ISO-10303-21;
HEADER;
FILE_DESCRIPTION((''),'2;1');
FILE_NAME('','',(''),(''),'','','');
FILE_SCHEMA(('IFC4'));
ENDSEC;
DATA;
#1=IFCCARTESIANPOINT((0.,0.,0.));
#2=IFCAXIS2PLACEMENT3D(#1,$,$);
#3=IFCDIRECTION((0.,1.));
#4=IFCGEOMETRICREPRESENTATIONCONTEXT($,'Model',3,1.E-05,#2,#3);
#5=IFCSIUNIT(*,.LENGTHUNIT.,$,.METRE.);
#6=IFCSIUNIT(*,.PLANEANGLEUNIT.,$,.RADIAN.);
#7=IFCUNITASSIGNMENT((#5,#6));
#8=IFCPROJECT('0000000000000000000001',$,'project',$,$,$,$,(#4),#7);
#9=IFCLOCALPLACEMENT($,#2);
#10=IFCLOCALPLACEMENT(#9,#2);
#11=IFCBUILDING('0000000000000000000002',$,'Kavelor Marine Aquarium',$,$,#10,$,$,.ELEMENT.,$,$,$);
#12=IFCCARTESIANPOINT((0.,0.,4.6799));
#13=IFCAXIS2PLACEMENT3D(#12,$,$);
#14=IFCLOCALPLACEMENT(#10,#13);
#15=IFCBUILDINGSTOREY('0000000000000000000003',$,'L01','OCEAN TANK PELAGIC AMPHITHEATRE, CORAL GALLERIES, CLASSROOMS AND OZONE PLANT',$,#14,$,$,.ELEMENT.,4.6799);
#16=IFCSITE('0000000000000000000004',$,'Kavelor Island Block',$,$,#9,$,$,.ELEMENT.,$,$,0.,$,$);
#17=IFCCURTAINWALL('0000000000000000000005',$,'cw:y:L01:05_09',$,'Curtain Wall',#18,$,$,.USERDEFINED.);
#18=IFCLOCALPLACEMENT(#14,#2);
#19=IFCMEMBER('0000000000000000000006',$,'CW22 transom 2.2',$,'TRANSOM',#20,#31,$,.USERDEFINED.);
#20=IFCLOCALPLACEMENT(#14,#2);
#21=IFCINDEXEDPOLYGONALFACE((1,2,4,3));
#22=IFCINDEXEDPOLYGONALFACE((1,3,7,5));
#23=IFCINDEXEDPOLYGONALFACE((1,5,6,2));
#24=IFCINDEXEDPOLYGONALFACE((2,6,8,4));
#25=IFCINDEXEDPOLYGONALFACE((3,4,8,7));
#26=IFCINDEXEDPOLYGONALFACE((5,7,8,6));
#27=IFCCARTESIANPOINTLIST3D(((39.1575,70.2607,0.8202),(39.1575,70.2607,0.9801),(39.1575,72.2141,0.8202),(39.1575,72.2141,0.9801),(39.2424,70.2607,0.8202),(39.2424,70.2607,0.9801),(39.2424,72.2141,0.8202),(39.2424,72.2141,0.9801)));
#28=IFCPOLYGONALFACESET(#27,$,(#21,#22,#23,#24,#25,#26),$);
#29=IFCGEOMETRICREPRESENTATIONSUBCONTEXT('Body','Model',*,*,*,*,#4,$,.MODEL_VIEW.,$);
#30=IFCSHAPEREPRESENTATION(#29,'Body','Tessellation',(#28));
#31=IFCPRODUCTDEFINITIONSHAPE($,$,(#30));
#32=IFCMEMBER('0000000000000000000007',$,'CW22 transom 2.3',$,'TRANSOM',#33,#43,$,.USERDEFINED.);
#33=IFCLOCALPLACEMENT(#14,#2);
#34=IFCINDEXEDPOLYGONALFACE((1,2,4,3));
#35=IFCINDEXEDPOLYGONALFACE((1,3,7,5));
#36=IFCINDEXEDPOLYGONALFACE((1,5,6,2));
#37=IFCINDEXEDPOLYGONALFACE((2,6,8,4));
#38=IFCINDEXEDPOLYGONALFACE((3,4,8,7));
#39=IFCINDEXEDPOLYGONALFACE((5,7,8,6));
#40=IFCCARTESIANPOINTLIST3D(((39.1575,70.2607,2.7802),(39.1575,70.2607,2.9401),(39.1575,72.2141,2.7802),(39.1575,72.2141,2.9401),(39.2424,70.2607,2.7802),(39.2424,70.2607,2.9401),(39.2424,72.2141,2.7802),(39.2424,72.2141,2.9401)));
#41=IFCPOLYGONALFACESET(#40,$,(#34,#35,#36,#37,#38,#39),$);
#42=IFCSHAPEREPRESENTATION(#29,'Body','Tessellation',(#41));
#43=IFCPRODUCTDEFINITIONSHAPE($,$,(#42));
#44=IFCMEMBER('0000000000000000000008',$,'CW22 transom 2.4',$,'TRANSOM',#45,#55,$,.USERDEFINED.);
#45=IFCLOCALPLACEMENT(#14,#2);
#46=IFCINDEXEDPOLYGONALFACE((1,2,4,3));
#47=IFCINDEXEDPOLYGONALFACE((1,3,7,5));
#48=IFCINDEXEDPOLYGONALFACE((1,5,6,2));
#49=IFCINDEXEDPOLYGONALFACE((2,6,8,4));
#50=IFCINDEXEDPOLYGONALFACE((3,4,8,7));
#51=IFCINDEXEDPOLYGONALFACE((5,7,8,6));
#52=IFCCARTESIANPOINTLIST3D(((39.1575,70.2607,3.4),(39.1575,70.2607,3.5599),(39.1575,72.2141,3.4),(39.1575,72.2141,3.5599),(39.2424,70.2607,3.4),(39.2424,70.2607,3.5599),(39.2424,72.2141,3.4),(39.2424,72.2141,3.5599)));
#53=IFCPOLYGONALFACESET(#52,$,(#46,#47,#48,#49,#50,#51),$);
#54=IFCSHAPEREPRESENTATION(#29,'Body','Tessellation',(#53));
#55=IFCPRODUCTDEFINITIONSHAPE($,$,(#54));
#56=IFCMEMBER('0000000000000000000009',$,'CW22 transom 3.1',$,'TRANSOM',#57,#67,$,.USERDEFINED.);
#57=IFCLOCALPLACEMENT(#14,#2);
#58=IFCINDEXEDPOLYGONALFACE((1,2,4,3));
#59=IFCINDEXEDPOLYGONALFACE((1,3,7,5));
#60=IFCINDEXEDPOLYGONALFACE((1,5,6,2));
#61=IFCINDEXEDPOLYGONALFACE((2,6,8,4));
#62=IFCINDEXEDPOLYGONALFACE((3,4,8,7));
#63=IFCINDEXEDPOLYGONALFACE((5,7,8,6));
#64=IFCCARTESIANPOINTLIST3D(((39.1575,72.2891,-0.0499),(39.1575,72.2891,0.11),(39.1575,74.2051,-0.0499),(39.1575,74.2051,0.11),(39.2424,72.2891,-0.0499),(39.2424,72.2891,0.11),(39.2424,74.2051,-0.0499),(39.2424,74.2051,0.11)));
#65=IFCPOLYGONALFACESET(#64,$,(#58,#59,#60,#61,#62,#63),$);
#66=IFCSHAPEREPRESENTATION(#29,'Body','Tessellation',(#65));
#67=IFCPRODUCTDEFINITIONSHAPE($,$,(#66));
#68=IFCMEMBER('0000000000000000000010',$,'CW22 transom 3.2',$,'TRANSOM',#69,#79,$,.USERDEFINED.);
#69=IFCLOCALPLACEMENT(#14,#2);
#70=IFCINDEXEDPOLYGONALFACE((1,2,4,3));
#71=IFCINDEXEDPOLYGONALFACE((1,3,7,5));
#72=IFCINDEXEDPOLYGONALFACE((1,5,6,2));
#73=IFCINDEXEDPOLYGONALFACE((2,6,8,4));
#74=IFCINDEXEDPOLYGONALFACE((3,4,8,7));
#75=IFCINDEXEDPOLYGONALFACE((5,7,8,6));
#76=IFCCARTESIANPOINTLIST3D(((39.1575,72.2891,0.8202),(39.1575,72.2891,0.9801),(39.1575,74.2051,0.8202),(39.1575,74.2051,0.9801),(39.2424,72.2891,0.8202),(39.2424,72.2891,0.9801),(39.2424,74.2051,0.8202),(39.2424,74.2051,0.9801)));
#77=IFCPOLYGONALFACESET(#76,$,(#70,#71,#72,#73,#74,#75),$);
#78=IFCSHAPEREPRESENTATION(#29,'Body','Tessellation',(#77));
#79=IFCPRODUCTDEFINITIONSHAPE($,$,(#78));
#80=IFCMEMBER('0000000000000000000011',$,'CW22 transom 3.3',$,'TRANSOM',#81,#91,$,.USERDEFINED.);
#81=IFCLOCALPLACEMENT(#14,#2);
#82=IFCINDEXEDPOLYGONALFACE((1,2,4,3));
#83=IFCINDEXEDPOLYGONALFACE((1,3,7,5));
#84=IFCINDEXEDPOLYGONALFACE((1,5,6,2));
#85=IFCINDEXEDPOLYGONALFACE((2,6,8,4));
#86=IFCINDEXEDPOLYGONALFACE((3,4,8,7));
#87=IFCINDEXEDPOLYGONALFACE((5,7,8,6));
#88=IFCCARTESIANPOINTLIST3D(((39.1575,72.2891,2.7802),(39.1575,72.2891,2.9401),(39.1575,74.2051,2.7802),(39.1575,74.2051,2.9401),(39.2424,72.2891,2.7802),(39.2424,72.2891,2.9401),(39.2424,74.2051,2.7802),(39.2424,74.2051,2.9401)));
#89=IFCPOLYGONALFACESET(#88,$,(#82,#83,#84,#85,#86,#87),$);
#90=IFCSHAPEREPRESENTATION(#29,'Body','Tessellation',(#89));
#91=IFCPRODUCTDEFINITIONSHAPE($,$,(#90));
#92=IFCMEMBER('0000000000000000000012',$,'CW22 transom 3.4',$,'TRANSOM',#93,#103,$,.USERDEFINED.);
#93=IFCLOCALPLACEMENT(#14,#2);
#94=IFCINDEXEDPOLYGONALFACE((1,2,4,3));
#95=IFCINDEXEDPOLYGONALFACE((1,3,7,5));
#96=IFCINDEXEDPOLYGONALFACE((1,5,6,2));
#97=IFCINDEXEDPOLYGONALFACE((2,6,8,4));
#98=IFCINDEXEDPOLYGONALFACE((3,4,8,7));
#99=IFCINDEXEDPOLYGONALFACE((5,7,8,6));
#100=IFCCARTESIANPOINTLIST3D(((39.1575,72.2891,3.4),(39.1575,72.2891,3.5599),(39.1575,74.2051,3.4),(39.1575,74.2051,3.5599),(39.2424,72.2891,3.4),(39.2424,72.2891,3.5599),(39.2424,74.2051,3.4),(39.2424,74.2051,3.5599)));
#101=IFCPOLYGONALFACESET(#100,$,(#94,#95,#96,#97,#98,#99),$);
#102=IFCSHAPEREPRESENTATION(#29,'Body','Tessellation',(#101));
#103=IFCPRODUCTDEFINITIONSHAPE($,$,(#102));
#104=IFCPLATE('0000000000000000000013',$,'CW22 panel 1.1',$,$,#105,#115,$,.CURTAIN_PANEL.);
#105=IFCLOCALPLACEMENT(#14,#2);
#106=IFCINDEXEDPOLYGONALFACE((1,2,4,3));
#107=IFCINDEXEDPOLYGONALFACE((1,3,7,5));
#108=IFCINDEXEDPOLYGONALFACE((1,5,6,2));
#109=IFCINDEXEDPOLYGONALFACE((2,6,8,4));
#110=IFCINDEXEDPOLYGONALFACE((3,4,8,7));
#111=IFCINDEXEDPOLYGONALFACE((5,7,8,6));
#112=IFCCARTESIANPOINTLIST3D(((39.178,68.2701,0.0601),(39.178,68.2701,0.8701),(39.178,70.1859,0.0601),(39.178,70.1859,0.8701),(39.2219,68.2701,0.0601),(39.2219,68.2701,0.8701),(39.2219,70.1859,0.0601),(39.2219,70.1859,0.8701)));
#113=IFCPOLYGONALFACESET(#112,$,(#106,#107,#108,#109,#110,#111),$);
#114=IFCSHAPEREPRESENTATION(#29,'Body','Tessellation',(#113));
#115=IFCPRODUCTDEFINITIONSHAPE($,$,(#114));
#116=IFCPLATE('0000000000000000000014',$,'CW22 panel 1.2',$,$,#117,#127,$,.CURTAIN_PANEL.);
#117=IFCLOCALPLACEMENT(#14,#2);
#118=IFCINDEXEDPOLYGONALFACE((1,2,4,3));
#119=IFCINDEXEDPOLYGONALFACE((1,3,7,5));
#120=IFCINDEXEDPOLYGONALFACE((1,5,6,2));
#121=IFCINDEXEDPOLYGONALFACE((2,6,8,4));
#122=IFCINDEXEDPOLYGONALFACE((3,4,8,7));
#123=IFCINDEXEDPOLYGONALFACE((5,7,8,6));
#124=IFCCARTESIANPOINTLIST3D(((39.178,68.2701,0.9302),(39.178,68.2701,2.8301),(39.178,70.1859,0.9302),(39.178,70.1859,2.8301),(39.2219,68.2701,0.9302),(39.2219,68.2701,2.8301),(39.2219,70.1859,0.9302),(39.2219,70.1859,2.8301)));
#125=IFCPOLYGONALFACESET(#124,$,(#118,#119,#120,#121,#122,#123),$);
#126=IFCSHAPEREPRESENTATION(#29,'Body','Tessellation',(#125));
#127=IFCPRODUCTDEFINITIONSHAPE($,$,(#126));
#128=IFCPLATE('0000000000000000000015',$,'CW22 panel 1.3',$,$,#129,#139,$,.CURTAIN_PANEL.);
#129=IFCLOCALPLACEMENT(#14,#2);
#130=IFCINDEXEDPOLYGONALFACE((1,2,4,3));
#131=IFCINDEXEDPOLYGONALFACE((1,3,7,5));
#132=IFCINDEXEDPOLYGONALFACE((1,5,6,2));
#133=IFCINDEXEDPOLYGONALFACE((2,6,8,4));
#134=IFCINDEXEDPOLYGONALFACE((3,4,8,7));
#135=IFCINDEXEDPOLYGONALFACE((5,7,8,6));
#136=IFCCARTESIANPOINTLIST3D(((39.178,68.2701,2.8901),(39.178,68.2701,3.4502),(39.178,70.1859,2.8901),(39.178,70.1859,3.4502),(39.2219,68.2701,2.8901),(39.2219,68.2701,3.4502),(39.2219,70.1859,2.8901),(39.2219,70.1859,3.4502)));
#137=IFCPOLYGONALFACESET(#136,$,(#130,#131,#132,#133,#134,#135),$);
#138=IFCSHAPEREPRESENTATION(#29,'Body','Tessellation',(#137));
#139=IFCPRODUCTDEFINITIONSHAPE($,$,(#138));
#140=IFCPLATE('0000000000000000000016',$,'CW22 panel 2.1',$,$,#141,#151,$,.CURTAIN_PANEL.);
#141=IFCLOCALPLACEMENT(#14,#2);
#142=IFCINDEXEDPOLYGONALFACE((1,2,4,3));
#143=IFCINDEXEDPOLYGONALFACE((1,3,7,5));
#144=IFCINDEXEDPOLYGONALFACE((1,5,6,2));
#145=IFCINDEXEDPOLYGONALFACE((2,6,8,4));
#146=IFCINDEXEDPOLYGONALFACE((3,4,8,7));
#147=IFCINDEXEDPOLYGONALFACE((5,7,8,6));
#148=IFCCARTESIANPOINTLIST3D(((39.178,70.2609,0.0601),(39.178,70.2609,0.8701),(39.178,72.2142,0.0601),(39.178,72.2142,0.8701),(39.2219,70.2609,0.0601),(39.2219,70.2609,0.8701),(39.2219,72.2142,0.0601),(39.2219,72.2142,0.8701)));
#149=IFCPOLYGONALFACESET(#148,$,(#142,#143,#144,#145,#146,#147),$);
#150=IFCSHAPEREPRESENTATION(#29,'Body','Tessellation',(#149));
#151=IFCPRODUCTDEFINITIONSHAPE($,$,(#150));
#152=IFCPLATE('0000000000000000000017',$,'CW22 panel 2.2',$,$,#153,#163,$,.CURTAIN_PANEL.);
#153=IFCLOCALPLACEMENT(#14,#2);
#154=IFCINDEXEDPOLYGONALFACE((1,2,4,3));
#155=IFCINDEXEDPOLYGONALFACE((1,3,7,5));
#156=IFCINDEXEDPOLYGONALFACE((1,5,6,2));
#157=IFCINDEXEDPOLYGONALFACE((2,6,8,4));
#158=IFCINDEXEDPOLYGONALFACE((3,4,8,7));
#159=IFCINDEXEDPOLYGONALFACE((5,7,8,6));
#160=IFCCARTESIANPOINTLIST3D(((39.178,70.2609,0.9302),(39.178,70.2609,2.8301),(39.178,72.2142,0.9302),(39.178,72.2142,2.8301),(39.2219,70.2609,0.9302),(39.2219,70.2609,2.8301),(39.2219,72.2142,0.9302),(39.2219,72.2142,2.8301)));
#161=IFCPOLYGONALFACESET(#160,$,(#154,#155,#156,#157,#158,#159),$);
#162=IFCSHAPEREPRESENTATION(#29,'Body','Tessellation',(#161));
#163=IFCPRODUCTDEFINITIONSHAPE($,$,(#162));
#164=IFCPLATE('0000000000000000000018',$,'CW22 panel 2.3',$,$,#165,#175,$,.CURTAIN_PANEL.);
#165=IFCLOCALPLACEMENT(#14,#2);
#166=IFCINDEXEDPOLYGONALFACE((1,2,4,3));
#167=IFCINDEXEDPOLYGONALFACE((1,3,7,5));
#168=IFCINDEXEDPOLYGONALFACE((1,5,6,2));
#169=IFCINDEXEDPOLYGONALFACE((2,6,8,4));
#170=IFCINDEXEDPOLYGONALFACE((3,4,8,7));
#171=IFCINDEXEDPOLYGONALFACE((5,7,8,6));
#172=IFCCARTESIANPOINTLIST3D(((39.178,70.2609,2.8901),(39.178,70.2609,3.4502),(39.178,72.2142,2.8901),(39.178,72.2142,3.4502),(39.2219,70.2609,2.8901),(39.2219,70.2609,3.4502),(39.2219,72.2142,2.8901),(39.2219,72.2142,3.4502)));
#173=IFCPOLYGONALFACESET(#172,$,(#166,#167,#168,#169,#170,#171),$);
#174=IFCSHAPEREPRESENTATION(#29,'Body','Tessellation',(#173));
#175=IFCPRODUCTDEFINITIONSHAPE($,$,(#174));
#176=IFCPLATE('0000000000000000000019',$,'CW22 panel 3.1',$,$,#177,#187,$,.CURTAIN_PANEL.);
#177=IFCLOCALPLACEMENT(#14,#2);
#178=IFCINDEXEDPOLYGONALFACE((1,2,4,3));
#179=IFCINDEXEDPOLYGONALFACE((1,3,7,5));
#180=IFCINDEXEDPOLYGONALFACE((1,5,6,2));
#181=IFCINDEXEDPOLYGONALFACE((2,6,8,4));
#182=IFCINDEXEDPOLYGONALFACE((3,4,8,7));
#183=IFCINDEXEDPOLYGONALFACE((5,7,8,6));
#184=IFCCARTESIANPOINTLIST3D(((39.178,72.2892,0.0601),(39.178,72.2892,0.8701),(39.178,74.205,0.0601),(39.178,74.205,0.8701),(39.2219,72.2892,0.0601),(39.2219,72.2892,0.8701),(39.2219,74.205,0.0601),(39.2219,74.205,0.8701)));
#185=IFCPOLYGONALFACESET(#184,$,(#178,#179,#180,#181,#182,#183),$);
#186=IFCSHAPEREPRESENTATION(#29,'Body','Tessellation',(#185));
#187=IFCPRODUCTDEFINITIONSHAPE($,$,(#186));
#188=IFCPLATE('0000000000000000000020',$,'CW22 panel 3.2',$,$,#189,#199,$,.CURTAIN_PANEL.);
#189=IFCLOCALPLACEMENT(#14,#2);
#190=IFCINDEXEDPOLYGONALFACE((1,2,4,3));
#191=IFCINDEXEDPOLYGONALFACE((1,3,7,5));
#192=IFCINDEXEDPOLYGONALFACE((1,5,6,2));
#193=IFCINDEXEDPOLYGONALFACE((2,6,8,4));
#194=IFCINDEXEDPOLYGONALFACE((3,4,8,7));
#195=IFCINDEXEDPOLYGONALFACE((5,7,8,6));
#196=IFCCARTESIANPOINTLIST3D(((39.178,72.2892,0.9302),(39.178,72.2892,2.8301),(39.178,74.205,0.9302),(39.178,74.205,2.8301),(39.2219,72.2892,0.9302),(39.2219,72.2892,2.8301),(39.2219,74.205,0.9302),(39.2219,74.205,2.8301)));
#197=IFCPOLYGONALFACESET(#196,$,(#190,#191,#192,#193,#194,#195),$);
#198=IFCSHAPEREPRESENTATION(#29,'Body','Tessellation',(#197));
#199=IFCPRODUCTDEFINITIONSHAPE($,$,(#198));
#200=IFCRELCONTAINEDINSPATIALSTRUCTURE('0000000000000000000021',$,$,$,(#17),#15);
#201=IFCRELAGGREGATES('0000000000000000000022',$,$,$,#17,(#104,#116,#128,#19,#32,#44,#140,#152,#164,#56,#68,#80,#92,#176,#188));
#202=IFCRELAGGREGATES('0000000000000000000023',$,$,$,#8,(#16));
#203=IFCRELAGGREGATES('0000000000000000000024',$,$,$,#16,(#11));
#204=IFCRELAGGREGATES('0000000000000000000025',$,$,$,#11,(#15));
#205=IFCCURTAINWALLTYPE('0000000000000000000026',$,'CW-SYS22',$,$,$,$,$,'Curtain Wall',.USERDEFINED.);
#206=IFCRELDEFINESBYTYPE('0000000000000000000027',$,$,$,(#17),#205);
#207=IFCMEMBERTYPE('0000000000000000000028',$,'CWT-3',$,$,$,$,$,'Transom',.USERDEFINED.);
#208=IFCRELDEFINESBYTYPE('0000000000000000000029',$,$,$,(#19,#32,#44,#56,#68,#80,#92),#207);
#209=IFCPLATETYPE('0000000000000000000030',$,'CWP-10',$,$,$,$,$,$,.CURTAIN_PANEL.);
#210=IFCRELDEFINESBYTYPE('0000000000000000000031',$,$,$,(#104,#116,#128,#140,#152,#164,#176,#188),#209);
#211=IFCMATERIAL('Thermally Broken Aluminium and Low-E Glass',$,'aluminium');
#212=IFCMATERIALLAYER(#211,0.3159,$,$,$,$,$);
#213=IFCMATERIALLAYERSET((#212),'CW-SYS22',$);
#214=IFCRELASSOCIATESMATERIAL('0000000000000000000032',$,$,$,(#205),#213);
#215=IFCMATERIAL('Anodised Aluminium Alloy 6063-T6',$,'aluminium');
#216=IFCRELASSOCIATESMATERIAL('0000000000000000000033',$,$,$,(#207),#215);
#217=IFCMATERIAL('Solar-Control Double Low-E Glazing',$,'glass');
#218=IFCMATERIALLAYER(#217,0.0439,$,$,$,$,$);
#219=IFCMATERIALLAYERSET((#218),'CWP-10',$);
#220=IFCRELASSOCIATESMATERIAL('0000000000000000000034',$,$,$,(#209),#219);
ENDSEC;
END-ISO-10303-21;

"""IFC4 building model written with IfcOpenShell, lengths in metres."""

from ifc_helpers import new_model, si_unit, direction, frame, origin, origin_2d, place, context, subcontext, project, spatial, rectangle, extrude, material, layer, layer_set, material_profile, profile_set, type_object, element, aggregate, save


model = new_model("IFC4")

# Units and contexts
model_context = context("Model", 3, precision=1e-05, world=origin(), true_north=direction((0.0, 1.0)))
body_context = subcontext(model_context, "Body", "Model", "MODEL_VIEW")
ifc_project = project(units=[si_unit("LENGTHUNIT", "METRE"), si_unit("PLANEANGLEUNIT", "RADIAN")], contexts=[model_context])

# Site, building, storey
site_placement = place(None, origin())
site = spatial("IfcSite", under=ifc_project, at=site_placement, Name="Kavelor Island Block", CompositionType="ELEMENT", RefElevation=0.0)
building_placement = place(site_placement, origin())
building = spatial("IfcBuilding", under=site, at=building_placement, Name="Kavelor Marine Aquarium", CompositionType="ELEMENT")
storey_placement = place(building_placement, frame((0.0, 0.0, 4.6799)))
storey = spatial("IfcBuildingStorey", under=building, at=storey_placement, Name="L01", Description="OCEAN TANK PELAGIC AMPHITHEATRE, CORAL GALLERIES, CLASSROOMS AND OZONE PLANT", CompositionType="ELEMENT", Elevation=4.6799)

# Curtain wall
ifc_material_1 = material(Name="Thermally Broken Aluminium and Low-E Glass", Category="aluminium")
ifc_layer_1 = layer(ifc_material_1, 0.3159)
ifc_layer_set_1 = layer_set([ifc_layer_1], Name="CW-SYS22")
curtain_wall_type_1 = type_object("IfcCurtainWallType", Name="CW-SYS22", ElementType="Curtain Wall", PredefinedType="USERDEFINED", material=ifc_layer_set_1)
curtain_wall_1_placement = place(storey_placement, origin())
curtain_wall_1 = element("IfcCurtainWall", 1, at=curtain_wall_1_placement, inside=storey, type_object=curtain_wall_type_1, Name="cw:y:L01:05_09", ObjectType="Curtain Wall", PredefinedType="USERDEFINED")

# Members
ifc_material_2 = material(Name="Anodised Aluminium Alloy 6063-T6", Category="aluminium")
ifc_material_profile_1 = material_profile(ifc_material_2, rectangle(XDim=0.085, YDim=0.1599, at=origin_2d()), Name="CW-TRN 85x160")
ifc_profile_set_1 = profile_set([ifc_material_profile_1], Name="Anodised Aluminium Alloy 6063-T6")
member_type_1 = type_object("IfcMemberType", Name="CWT-3", ElementType="Transom", PredefinedType="USERDEFINED", material=ifc_profile_set_1)
member_1_placement = place(storey_placement, frame((39.2, 70.2607, 0.9001), z_axis=(0.0, 1.0, 0.0), x_axis=(-1.0, 0.0, 0.0)))
member_1 = element("IfcMember", 2, at=member_1_placement, type_object=member_type_1, Name="CW22 transom 2.2", ObjectType="TRANSOM", PredefinedType="USERDEFINED", context=body_context, shape_type="SweptSolid", body=[
    extrude(rectangle(XDim=0.085, YDim=0.1599, at=origin_2d()), origin(), (0.0, 0.0, 1.0), 1.9534),
])
member_2_placement = place(storey_placement, frame((39.2, 70.2607, 2.8601), z_axis=(0.0, 1.0, 0.0), x_axis=(-1.0, 0.0, 0.0)))
member_2 = element("IfcMember", 3, at=member_2_placement, type_object=member_type_1, Name="CW22 transom 2.3", ObjectType="TRANSOM", PredefinedType="USERDEFINED", context=body_context, shape_type="SweptSolid", body=[
    extrude(rectangle(XDim=0.085, YDim=0.1599, at=origin_2d()), origin(), (0.0, 0.0, 1.0), 1.9534),
])
member_3_placement = place(storey_placement, frame((39.2, 70.2607, 3.48), z_axis=(0.0, 1.0, 0.0), x_axis=(-1.0, 0.0, 0.0)))
member_3 = element("IfcMember", 4, at=member_3_placement, type_object=member_type_1, Name="CW22 transom 2.4", ObjectType="TRANSOM", PredefinedType="USERDEFINED", context=body_context, shape_type="SweptSolid", body=[
    extrude(rectangle(XDim=0.085, YDim=0.1599, at=origin_2d()), origin(), (0.0, 0.0, 1.0), 1.9534),
])
member_4_placement = place(storey_placement, frame((39.2, 72.2891, 0.03), z_axis=(0.0, 1.0, 0.0), x_axis=(-1.0, 0.0, 0.0)))
member_4 = element("IfcMember", 5, at=member_4_placement, type_object=member_type_1, Name="CW22 transom 3.1", ObjectType="TRANSOM", PredefinedType="USERDEFINED", context=body_context, shape_type="SweptSolid", body=[
    extrude(rectangle(XDim=0.085, YDim=0.1599, at=origin_2d()), origin(), (0.0, 0.0, 1.0), 1.916),
])
member_5_placement = place(storey_placement, frame((39.2, 72.2891, 0.9001), z_axis=(0.0, 1.0, 0.0), x_axis=(-1.0, 0.0, 0.0)))
member_5 = element("IfcMember", 6, at=member_5_placement, type_object=member_type_1, Name="CW22 transom 3.2", ObjectType="TRANSOM", PredefinedType="USERDEFINED", context=body_context, shape_type="SweptSolid", body=[
    extrude(rectangle(XDim=0.085, YDim=0.1599, at=origin_2d()), origin(), (0.0, 0.0, 1.0), 1.916),
])
member_6_placement = place(storey_placement, frame((39.2, 72.2891, 2.8601), z_axis=(0.0, 1.0, 0.0), x_axis=(-1.0, 0.0, 0.0)))
member_6 = element("IfcMember", 7, at=member_6_placement, type_object=member_type_1, Name="CW22 transom 3.3", ObjectType="TRANSOM", PredefinedType="USERDEFINED", context=body_context, shape_type="SweptSolid", body=[
    extrude(rectangle(XDim=0.085, YDim=0.1599, at=origin_2d()), origin(), (0.0, 0.0, 1.0), 1.916),
])
member_7_placement = place(storey_placement, frame((39.2, 72.2891, 3.48), z_axis=(0.0, 1.0, 0.0), x_axis=(-1.0, 0.0, 0.0)))
member_7 = element("IfcMember", 8, at=member_7_placement, type_object=member_type_1, Name="CW22 transom 3.4", ObjectType="TRANSOM", PredefinedType="USERDEFINED", context=body_context, shape_type="SweptSolid", body=[
    extrude(rectangle(XDim=0.085, YDim=0.1599, at=origin_2d()), origin(), (0.0, 0.0, 1.0), 1.916),
])

# Plates
ifc_material_3 = material(Name="Solar-Control Double Low-E Glazing", Category="glass")
ifc_layer_2 = layer(ifc_material_3, 0.0439)
ifc_layer_set_2 = layer_set([ifc_layer_2], Name="CWP-10")
plate_type = type_object("IfcPlateType", Name="CWP-10", PredefinedType="CURTAIN_PANEL", material=ifc_layer_set_2)
plate_1_placement = place(storey_placement, frame((39.2, 69.228, 0.0601), z_axis=(0.0, 0.0, 1.0), x_axis=(0.0, 1.0, 0.0)))
plate_1 = element("IfcPlate", 9, at=plate_1_placement, type_object=plate_type, Name="CW22 panel 1.1", PredefinedType="CURTAIN_PANEL", context=body_context, shape_type="SweptSolid", body=[
    extrude(rectangle(XDim=1.9158, YDim=0.0439, at=origin_2d()), origin(), (0.0, 0.0, 1.0), 0.8101),
])
plate_2_placement = place(storey_placement, frame((39.2, 69.228, 0.9302), z_axis=(0.0, 0.0, 1.0), x_axis=(0.0, 1.0, 0.0)))
plate_2 = element("IfcPlate", 10, at=plate_2_placement, type_object=plate_type, Name="CW22 panel 1.2", PredefinedType="CURTAIN_PANEL", context=body_context, shape_type="SweptSolid", body=[
    extrude(rectangle(XDim=1.9158, YDim=0.0439, at=origin_2d()), origin(), (0.0, 0.0, 1.0), 1.8999),
])
plate_3_placement = place(storey_placement, frame((39.2, 69.228, 2.8901), z_axis=(0.0, 0.0, 1.0), x_axis=(0.0, 1.0, 0.0)))
plate_3 = element("IfcPlate", 11, at=plate_3_placement, type_object=plate_type, Name="CW22 panel 1.3", PredefinedType="CURTAIN_PANEL", context=body_context, shape_type="SweptSolid", body=[
    extrude(rectangle(XDim=1.9158, YDim=0.0439, at=origin_2d()), origin(), (0.0, 0.0, 1.0), 0.5601),
])
plate_4_placement = place(storey_placement, frame((39.2, 71.2375, 0.0601), z_axis=(0.0, 0.0, 1.0), x_axis=(0.0, 1.0, 0.0)))
plate_4 = element("IfcPlate", 12, at=plate_4_placement, type_object=plate_type, Name="CW22 panel 2.1", PredefinedType="CURTAIN_PANEL", context=body_context, shape_type="SweptSolid", body=[
    extrude(rectangle(XDim=1.9534, YDim=0.0439, at=origin_2d()), origin(), (0.0, 0.0, 1.0), 0.8101),
])
plate_5_placement = place(storey_placement, frame((39.2, 71.2375, 0.9302), z_axis=(0.0, 0.0, 1.0), x_axis=(0.0, 1.0, 0.0)))
plate_5 = element("IfcPlate", 13, at=plate_5_placement, type_object=plate_type, Name="CW22 panel 2.2", PredefinedType="CURTAIN_PANEL", context=body_context, shape_type="SweptSolid", body=[
    extrude(rectangle(XDim=1.9534, YDim=0.0439, at=origin_2d()), origin(), (0.0, 0.0, 1.0), 1.8999),
])
plate_6_placement = place(storey_placement, frame((39.2, 71.2375, 2.8901), z_axis=(0.0, 0.0, 1.0), x_axis=(0.0, 1.0, 0.0)))
plate_6 = element("IfcPlate", 14, at=plate_6_placement, type_object=plate_type, Name="CW22 panel 2.3", PredefinedType="CURTAIN_PANEL", context=body_context, shape_type="SweptSolid", body=[
    extrude(rectangle(XDim=1.9534, YDim=0.0439, at=origin_2d()), origin(), (0.0, 0.0, 1.0), 0.5601),
])
plate_7_placement = place(storey_placement, frame((39.2, 73.2471, 0.0601), z_axis=(0.0, 0.0, 1.0), x_axis=(0.0, 1.0, 0.0)))
plate_7 = element("IfcPlate", 15, at=plate_7_placement, type_object=plate_type, Name="CW22 panel 3.1", PredefinedType="CURTAIN_PANEL", context=body_context, shape_type="SweptSolid", body=[
    extrude(rectangle(XDim=1.9158, YDim=0.0439, at=origin_2d()), origin(), (0.0, 0.0, 1.0), 0.8101),
])
plate_8_placement = place(storey_placement, frame((39.2, 73.2471, 0.9302), z_axis=(0.0, 0.0, 1.0), x_axis=(0.0, 1.0, 0.0)))
plate_8 = element("IfcPlate", 16, at=plate_8_placement, type_object=plate_type, Name="CW22 panel 3.2", PredefinedType="CURTAIN_PANEL", context=body_context, shape_type="SweptSolid", body=[
    extrude(rectangle(XDim=1.9158, YDim=0.0439, at=origin_2d()), origin(), (0.0, 0.0, 1.0), 1.8999),
])
aggregate(curtain_wall_1, [plate_1, plate_2, plate_3, member_1, member_2, member_3, plate_4, plate_5, plate_6, member_4, member_5, member_6, member_7, plate_7, plate_8])

save(model, "model.ifc")
